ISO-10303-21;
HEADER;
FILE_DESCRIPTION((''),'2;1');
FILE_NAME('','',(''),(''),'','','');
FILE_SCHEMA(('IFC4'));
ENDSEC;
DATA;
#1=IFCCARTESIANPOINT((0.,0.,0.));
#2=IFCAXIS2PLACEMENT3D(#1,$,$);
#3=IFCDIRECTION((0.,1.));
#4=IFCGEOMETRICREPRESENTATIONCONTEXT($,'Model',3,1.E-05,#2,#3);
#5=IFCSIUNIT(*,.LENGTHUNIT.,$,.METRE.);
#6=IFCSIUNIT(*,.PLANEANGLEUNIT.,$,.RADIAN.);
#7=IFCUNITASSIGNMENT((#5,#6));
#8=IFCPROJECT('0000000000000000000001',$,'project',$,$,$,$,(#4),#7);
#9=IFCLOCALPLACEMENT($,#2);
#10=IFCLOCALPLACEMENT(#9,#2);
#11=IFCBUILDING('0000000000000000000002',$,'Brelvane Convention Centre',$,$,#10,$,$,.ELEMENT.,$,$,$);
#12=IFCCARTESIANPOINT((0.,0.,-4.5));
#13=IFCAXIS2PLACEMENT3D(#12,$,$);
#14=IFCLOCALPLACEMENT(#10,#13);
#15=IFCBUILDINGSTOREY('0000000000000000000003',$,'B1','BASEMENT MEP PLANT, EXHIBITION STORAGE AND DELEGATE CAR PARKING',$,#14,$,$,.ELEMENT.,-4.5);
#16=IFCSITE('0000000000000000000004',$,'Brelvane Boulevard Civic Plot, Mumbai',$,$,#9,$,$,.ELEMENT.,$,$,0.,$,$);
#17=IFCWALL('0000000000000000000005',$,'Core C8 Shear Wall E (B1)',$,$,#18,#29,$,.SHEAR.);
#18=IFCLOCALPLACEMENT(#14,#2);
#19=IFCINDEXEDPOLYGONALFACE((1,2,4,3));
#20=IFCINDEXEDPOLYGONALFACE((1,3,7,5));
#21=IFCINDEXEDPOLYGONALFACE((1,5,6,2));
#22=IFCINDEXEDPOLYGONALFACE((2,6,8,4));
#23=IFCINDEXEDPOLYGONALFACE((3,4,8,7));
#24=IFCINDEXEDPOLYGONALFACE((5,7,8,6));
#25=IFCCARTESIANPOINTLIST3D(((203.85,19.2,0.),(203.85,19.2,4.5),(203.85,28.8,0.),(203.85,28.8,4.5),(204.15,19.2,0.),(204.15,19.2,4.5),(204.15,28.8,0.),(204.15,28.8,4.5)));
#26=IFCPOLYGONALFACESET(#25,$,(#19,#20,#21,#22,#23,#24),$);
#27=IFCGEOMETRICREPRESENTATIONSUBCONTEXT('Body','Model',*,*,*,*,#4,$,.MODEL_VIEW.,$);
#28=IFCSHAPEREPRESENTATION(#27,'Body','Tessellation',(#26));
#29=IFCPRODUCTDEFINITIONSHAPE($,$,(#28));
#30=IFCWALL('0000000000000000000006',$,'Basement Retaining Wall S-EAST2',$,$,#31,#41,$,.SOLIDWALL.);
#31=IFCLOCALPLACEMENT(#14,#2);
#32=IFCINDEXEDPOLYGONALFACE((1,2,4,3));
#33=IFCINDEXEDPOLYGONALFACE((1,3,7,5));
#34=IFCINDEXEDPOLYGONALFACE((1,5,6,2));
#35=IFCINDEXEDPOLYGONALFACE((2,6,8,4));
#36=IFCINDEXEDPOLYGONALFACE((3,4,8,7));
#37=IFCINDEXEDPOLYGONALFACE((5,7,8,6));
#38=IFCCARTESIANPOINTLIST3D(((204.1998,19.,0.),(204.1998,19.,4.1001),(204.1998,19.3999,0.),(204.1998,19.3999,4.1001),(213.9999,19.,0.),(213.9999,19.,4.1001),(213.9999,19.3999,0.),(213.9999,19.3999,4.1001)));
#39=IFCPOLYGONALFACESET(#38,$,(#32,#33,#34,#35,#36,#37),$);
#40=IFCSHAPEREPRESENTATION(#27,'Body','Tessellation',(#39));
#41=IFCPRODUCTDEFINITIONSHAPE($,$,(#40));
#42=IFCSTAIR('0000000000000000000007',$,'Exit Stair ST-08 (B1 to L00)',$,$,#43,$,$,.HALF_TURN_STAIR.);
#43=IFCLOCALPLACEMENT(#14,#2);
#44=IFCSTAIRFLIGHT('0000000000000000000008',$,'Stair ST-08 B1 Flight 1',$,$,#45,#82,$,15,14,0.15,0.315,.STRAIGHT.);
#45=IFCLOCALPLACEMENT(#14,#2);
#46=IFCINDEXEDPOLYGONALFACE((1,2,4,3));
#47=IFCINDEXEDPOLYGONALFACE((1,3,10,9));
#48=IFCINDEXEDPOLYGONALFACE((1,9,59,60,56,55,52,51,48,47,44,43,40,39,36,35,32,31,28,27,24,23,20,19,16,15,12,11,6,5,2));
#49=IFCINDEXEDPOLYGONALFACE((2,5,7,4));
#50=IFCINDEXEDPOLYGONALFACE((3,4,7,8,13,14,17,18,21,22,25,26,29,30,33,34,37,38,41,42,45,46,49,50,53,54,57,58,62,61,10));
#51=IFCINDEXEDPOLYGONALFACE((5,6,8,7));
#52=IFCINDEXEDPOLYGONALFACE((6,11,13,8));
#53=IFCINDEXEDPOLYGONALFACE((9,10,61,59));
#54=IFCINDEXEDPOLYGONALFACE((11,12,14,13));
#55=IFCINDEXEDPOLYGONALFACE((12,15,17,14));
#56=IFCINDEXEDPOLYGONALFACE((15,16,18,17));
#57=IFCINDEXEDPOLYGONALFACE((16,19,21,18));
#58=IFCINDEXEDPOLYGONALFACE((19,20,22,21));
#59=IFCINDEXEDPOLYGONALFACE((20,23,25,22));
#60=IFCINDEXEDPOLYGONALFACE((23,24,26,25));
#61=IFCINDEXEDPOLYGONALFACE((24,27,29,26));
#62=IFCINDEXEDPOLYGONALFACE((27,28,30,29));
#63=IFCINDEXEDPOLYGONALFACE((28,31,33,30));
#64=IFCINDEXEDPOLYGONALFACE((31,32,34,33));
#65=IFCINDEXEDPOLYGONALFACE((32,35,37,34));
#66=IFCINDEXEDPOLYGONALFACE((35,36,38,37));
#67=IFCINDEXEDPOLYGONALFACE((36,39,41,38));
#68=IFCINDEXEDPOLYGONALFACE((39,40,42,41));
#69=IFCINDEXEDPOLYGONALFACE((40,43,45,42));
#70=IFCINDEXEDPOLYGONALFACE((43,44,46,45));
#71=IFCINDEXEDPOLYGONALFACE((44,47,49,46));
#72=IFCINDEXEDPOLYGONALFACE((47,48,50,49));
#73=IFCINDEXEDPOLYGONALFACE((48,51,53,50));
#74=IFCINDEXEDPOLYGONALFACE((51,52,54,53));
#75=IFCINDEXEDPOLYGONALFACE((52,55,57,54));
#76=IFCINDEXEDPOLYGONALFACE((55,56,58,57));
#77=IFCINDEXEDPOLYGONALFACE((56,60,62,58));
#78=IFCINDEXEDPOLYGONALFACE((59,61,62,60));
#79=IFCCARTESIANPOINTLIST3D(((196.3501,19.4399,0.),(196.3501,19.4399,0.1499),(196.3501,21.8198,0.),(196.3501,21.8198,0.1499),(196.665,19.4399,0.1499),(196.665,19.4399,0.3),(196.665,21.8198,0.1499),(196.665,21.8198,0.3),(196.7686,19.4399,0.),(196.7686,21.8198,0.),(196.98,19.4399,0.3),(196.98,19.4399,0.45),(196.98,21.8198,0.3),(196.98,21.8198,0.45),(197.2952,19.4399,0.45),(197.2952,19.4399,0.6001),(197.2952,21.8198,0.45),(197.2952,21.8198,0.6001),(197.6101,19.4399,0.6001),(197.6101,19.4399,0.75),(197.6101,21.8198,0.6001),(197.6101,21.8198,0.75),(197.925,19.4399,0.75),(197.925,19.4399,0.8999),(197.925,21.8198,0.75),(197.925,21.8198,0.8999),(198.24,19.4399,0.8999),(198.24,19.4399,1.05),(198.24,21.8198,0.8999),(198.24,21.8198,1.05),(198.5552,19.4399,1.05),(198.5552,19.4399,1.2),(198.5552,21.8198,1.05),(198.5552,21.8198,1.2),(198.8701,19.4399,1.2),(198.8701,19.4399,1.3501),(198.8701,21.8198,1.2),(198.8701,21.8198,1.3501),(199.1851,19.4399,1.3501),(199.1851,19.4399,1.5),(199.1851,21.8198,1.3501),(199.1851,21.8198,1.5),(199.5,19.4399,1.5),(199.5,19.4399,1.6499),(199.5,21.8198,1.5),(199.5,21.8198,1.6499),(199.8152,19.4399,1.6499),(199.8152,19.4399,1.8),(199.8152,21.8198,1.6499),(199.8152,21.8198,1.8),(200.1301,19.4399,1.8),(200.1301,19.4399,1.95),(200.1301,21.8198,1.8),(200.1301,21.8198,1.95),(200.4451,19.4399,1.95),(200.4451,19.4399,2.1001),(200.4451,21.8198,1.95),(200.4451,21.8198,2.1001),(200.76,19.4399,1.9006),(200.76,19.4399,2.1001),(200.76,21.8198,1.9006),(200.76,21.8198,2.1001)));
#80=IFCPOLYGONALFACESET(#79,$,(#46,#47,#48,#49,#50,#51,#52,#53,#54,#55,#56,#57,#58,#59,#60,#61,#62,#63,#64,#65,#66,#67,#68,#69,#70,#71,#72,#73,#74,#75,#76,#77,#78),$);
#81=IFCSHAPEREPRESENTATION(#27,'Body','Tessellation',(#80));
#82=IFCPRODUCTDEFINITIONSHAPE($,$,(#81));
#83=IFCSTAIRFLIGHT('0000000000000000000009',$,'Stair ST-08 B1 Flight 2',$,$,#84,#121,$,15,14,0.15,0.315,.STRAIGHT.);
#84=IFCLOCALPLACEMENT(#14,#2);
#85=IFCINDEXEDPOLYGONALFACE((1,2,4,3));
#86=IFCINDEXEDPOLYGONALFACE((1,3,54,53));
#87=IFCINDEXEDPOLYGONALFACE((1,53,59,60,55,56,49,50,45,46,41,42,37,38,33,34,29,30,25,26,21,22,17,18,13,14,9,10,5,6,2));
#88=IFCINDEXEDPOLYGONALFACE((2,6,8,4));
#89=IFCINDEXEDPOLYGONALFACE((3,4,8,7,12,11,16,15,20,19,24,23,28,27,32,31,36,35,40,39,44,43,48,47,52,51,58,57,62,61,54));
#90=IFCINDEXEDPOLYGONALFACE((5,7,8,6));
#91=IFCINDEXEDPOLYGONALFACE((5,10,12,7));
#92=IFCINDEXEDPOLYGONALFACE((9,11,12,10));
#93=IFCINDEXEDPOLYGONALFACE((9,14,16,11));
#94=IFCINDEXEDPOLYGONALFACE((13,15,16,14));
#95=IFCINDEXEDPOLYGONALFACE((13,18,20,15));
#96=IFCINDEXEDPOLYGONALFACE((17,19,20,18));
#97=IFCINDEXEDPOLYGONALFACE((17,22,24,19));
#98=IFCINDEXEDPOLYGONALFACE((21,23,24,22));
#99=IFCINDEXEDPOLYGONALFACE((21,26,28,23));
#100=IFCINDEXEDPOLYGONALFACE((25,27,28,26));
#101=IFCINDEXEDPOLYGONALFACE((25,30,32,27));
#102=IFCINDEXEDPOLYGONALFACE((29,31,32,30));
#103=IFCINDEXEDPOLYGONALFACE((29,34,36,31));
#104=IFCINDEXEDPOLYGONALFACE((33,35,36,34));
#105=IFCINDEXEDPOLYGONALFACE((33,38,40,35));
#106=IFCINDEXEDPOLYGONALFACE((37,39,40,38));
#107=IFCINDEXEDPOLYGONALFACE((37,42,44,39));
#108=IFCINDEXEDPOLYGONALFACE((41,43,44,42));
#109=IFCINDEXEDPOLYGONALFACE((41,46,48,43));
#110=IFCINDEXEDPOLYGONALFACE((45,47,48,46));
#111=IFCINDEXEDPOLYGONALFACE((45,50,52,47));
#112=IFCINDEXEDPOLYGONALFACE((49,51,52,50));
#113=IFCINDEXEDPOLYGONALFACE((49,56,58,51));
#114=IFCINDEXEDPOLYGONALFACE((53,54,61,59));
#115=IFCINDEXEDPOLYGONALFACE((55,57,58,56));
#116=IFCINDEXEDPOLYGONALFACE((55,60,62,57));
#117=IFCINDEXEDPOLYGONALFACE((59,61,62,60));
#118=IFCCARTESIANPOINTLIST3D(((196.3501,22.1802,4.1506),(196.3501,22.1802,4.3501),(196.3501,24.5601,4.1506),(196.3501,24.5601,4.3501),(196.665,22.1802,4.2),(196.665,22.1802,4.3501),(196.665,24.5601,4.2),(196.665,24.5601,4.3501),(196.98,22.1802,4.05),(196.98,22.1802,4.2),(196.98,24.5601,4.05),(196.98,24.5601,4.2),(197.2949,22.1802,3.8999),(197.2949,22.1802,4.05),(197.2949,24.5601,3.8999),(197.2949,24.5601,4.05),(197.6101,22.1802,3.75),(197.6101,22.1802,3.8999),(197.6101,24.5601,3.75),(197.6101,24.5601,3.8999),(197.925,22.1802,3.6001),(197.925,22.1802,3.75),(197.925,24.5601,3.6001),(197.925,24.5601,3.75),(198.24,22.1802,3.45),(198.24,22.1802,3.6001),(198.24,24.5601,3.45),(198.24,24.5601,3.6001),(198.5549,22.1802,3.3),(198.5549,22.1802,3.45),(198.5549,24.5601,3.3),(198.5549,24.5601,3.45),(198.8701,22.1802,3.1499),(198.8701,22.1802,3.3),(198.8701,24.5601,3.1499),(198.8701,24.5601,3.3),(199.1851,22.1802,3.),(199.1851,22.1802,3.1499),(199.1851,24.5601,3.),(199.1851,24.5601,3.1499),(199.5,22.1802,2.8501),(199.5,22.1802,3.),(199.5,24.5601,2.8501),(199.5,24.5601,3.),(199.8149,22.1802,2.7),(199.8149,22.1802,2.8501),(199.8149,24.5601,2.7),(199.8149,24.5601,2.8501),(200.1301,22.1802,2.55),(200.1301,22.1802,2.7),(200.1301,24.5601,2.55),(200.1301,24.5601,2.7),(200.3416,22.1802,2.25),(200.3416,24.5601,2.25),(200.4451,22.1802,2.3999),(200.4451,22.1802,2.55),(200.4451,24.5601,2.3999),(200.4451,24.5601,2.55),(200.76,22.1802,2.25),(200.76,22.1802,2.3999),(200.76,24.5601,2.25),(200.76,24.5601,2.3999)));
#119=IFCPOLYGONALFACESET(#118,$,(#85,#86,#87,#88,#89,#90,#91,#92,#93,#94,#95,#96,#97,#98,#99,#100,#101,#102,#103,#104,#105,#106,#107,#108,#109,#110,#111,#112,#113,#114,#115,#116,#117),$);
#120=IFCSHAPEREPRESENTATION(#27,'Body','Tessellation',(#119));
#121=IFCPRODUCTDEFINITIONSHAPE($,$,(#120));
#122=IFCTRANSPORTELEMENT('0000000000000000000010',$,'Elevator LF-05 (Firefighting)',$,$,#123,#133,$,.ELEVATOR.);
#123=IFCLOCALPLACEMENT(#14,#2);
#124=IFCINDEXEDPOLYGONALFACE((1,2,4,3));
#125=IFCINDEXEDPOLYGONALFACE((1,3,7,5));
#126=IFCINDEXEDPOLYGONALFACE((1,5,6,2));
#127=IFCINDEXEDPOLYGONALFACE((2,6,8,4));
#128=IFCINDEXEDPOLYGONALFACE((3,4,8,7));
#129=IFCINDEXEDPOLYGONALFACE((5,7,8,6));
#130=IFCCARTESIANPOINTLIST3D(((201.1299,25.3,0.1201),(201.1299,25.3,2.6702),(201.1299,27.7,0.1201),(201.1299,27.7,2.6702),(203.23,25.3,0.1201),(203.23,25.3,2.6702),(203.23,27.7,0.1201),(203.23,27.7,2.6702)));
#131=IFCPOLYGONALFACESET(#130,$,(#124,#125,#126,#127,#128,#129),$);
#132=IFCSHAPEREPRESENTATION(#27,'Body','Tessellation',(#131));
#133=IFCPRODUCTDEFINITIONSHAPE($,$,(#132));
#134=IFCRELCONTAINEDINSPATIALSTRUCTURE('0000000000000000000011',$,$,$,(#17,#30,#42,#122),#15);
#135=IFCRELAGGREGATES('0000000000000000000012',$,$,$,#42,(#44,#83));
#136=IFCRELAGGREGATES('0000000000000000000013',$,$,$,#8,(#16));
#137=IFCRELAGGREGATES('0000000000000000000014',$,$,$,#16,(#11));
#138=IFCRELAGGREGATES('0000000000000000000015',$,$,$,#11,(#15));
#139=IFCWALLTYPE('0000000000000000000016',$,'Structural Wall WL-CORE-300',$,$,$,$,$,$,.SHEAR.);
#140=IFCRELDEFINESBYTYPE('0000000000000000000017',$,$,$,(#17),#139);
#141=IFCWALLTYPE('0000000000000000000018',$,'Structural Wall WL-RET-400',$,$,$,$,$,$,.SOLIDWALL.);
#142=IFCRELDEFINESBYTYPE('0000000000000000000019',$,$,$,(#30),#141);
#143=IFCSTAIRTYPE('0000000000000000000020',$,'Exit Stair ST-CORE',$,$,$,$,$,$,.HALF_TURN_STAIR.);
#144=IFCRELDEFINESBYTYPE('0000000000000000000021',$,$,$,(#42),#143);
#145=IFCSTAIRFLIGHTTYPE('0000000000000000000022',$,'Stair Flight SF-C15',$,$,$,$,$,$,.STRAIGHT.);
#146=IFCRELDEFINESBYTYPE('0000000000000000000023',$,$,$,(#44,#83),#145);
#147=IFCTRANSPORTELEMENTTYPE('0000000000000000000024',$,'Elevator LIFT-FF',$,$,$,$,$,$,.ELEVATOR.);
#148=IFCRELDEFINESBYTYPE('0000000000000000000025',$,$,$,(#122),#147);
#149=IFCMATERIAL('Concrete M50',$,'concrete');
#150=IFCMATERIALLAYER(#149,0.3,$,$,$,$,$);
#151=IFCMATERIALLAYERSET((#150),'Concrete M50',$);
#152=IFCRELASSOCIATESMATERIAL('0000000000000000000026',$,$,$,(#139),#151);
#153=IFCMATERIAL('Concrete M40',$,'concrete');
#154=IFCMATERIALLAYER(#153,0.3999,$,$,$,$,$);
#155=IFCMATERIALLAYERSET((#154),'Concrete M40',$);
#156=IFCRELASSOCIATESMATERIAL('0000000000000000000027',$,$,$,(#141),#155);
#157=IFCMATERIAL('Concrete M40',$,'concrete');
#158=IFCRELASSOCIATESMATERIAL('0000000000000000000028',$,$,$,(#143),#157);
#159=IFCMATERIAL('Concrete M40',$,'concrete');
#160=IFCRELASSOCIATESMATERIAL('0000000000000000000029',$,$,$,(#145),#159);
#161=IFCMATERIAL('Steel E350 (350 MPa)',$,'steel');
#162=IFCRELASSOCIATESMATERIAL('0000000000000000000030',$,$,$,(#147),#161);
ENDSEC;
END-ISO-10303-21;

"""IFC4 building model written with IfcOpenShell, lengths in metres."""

from ifc_helpers import new_model, si_unit, direction, frame, frame_2d, origin, origin_2d, place, context, subcontext, project, spatial, polyline, rectangle, outline, extrude, material, layer, layer_set, type_object, element, aggregate, save


model = new_model("IFC4")

# Units and contexts
model_context = context("Model", 3, precision=1e-05, world=origin(), true_north=direction((0.0, 1.0)))
body_context = subcontext(model_context, "Body", "Model", "MODEL_VIEW")
ifc_project = project(units=[si_unit("LENGTHUNIT", "METRE"), si_unit("PLANEANGLEUNIT", "RADIAN")], contexts=[model_context])

# Site, building, storey
site_placement = place(None, origin())
site = spatial("IfcSite", under=ifc_project, at=site_placement, Name="Brelvane Boulevard Civic Plot, Mumbai", CompositionType="ELEMENT", RefElevation=0.0)
building_placement = place(site_placement, origin())
building = spatial("IfcBuilding", under=site, at=building_placement, Name="Brelvane Convention Centre", CompositionType="ELEMENT")
storey_placement = place(building_placement, frame((0.0, 0.0, -4.5)))
storey = spatial("IfcBuildingStorey", under=building, at=storey_placement, Name="B1", Description="BASEMENT MEP PLANT, EXHIBITION STORAGE AND DELEGATE CAR PARKING", CompositionType="ELEMENT", Elevation=-4.5)

# Walls
ifc_material_1 = material(Name="Concrete M50", Category="concrete")
ifc_layer_1 = layer(ifc_material_1, 0.3)
ifc_layer_set_1 = layer_set([ifc_layer_1], Name="Concrete M50")
wall_type_1 = type_object("IfcWallType", Name="Structural Wall WL-CORE-300", PredefinedType="SHEAR", material=ifc_layer_set_1)
wall_1_placement = place(storey_placement, frame((204.0, 19.2, 0.0), z_axis=(0.0, 0.0, 1.0), x_axis=(0.0, 1.0, 0.0)))
element("IfcWall", 1, at=wall_1_placement, inside=storey, type_object=wall_type_1, Name="Core C8 Shear Wall E (B1)", PredefinedType="SHEAR", context=body_context, shape_type="SweptSolid", body=[
    extrude(rectangle(XDim=9.6001, YDim=0.3, at=frame_2d((4.8, 0.0))), origin(), (0.0, 0.0, 1.0), 4.5),
])
ifc_material_2 = material(Name="Concrete M40", Category="concrete")
ifc_layer_2 = layer(ifc_material_2, 0.3999)
ifc_layer_set_2 = layer_set([ifc_layer_2], Name="Concrete M40")
wall_type_2 = type_object("IfcWallType", Name="Structural Wall WL-RET-400", PredefinedType="SOLIDWALL", material=ifc_layer_set_2)
wall_2_placement = place(storey_placement, frame((204.2, 19.2, 0.0), z_axis=(0.0, 0.0, 1.0), x_axis=(1.0, 0.0, 0.0)))
element("IfcWall", 2, at=wall_2_placement, inside=storey, type_object=wall_type_2, Name="Basement Retaining Wall S-EAST2", PredefinedType="SOLIDWALL", context=body_context, shape_type="SweptSolid", body=[
    extrude(rectangle(XDim=9.8, YDim=0.3999, at=frame_2d((4.8999, 0.0))), origin(), (0.0, 0.0, 1.0), 4.1001),
])

# Stair, stair flights
ifc_material_3 = material(Name="Concrete M40", Category="concrete")
stair_type = type_object("IfcStairType", Name="Exit Stair ST-CORE", PredefinedType="HALF_TURN_STAIR", material=ifc_material_3)
stair_placement = place(storey_placement, origin())
stair = element("IfcStair", 3, at=stair_placement, inside=storey, type_object=stair_type, Name="Exit Stair ST-08 (B1 to L00)", PredefinedType="HALF_TURN_STAIR")
ifc_material_4 = material(Name="Concrete M40", Category="concrete")
stair_flight_type = type_object("IfcStairFlightType", Name="Stair Flight SF-C15", PredefinedType="STRAIGHT", material=ifc_material_4)
stair_flight_1_placement = place(storey_placement, frame((196.3501, 20.6299, 0.0), z_axis=(0.0, 0.0, 1.0), x_axis=(1.0, 0.0, 0.0)))
stair_flight_1 = element("IfcStairFlight", 4, at=stair_flight_1_placement, type_object=stair_flight_type, Name="Stair ST-08 B1 Flight 1", NumberOfRisers=15, NumberOfTreads=14, PredefinedType="STRAIGHT", RiserHeight=0.15, TreadLength=0.315, context=body_context, shape_type="SweptSolid", body=[
    extrude(outline(polyline([(0.0, 0.0), (0.0, 0.1499), (0.3149, 0.1499), (0.3149, 0.3), (0.6299, 0.3), (0.6299, 0.45), (0.9451, 0.45), (0.9451, 0.6001), (1.26, 0.6001), (1.26, 0.75), (1.575, 0.75), (1.575, 0.8999), (1.8899, 0.8999), (1.8899, 1.05), (2.2051, 1.05), (2.2051, 1.2), (2.52, 1.2), (2.52, 1.3501), (2.835, 1.3501), (2.835, 1.5), (3.1499, 1.5), (3.1499, 1.6499), (3.4651, 1.6499), (3.4651, 1.8), (3.78, 1.8), (3.78, 1.95), (4.095, 1.95), (4.095, 2.1001), (4.4099, 2.1001), (4.4099, 2.25), (4.4099, 1.9006), (0.4185, 0.0), (0.0, 0.0)])), frame((0.0, 1.1899, 0.0), z_axis=(0.0, -1.0, 0.0), x_axis=(1.0, 0.0, 0.0)), (0.0, 0.0, 1.0), 2.3799),
])
stair_flight_2_placement = place(storey_placement, frame((200.76, 23.3701, 2.25), z_axis=(0.0, 0.0, 1.0), x_axis=(-1.0, 0.0, 0.0)))
stair_flight_2 = element("IfcStairFlight", 5, at=stair_flight_2_placement, type_object=stair_flight_type, Name="Stair ST-08 B1 Flight 2", NumberOfRisers=15, NumberOfTreads=14, PredefinedType="STRAIGHT", RiserHeight=0.15, TreadLength=0.315, context=body_context, shape_type="SweptSolid", body=[
    extrude(outline(polyline([(0.0, 0.0), (0.0, 0.1499), (0.3149, 0.1499), (0.3149, 0.3), (0.6299, 0.3), (0.6299, 0.45), (0.9451, 0.45), (0.9451, 0.6001), (1.26, 0.6001), (1.26, 0.75), (1.575, 0.75), (1.575, 0.8999), (1.8899, 0.8999), (1.8899, 1.05), (2.2051, 1.05), (2.2051, 1.2), (2.52, 1.2), (2.52, 1.3501), (2.835, 1.3501), (2.835, 1.5), (3.1499, 1.5), (3.1499, 1.6499), (3.4651, 1.6499), (3.4651, 1.8), (3.78, 1.8), (3.78, 1.95), (4.095, 1.95), (4.095, 2.1001), (4.4099, 2.1001), (4.4099, 2.25), (4.4099, 1.9006), (0.4185, 0.0), (0.0, 0.0)])), frame((0.0, 1.1899, 0.0), z_axis=(0.0, -1.0, 0.0), x_axis=(1.0, 0.0, 0.0)), (0.0, 0.0, 1.0), 2.3799),
])
aggregate(stair, [stair_flight_1, stair_flight_2])

# Transport element
ifc_material_5 = material(Name="Steel E350 (350 MPa)", Category="steel")
transport_element_type = type_object("IfcTransportElementType", Name="Elevator LIFT-FF", PredefinedType="ELEVATOR", material=ifc_material_5)
transport_element_placement = place(storey_placement, frame((202.1799, 26.5, 0.1201), z_axis=(0.0, 0.0, 1.0), x_axis=(1.0, 0.0, 0.0)))
element("IfcTransportElement", 6, at=transport_element_placement, inside=storey, type_object=transport_element_type, Name="Elevator LF-05 (Firefighting)", PredefinedType="ELEVATOR", context=body_context, shape_type="SweptSolid", body=[
    extrude(rectangle(XDim=2.1001, YDim=2.3999, at=origin_2d()), origin(), (0.0, 0.0, 1.0), 2.55),
])

save(model, "model.ifc")
